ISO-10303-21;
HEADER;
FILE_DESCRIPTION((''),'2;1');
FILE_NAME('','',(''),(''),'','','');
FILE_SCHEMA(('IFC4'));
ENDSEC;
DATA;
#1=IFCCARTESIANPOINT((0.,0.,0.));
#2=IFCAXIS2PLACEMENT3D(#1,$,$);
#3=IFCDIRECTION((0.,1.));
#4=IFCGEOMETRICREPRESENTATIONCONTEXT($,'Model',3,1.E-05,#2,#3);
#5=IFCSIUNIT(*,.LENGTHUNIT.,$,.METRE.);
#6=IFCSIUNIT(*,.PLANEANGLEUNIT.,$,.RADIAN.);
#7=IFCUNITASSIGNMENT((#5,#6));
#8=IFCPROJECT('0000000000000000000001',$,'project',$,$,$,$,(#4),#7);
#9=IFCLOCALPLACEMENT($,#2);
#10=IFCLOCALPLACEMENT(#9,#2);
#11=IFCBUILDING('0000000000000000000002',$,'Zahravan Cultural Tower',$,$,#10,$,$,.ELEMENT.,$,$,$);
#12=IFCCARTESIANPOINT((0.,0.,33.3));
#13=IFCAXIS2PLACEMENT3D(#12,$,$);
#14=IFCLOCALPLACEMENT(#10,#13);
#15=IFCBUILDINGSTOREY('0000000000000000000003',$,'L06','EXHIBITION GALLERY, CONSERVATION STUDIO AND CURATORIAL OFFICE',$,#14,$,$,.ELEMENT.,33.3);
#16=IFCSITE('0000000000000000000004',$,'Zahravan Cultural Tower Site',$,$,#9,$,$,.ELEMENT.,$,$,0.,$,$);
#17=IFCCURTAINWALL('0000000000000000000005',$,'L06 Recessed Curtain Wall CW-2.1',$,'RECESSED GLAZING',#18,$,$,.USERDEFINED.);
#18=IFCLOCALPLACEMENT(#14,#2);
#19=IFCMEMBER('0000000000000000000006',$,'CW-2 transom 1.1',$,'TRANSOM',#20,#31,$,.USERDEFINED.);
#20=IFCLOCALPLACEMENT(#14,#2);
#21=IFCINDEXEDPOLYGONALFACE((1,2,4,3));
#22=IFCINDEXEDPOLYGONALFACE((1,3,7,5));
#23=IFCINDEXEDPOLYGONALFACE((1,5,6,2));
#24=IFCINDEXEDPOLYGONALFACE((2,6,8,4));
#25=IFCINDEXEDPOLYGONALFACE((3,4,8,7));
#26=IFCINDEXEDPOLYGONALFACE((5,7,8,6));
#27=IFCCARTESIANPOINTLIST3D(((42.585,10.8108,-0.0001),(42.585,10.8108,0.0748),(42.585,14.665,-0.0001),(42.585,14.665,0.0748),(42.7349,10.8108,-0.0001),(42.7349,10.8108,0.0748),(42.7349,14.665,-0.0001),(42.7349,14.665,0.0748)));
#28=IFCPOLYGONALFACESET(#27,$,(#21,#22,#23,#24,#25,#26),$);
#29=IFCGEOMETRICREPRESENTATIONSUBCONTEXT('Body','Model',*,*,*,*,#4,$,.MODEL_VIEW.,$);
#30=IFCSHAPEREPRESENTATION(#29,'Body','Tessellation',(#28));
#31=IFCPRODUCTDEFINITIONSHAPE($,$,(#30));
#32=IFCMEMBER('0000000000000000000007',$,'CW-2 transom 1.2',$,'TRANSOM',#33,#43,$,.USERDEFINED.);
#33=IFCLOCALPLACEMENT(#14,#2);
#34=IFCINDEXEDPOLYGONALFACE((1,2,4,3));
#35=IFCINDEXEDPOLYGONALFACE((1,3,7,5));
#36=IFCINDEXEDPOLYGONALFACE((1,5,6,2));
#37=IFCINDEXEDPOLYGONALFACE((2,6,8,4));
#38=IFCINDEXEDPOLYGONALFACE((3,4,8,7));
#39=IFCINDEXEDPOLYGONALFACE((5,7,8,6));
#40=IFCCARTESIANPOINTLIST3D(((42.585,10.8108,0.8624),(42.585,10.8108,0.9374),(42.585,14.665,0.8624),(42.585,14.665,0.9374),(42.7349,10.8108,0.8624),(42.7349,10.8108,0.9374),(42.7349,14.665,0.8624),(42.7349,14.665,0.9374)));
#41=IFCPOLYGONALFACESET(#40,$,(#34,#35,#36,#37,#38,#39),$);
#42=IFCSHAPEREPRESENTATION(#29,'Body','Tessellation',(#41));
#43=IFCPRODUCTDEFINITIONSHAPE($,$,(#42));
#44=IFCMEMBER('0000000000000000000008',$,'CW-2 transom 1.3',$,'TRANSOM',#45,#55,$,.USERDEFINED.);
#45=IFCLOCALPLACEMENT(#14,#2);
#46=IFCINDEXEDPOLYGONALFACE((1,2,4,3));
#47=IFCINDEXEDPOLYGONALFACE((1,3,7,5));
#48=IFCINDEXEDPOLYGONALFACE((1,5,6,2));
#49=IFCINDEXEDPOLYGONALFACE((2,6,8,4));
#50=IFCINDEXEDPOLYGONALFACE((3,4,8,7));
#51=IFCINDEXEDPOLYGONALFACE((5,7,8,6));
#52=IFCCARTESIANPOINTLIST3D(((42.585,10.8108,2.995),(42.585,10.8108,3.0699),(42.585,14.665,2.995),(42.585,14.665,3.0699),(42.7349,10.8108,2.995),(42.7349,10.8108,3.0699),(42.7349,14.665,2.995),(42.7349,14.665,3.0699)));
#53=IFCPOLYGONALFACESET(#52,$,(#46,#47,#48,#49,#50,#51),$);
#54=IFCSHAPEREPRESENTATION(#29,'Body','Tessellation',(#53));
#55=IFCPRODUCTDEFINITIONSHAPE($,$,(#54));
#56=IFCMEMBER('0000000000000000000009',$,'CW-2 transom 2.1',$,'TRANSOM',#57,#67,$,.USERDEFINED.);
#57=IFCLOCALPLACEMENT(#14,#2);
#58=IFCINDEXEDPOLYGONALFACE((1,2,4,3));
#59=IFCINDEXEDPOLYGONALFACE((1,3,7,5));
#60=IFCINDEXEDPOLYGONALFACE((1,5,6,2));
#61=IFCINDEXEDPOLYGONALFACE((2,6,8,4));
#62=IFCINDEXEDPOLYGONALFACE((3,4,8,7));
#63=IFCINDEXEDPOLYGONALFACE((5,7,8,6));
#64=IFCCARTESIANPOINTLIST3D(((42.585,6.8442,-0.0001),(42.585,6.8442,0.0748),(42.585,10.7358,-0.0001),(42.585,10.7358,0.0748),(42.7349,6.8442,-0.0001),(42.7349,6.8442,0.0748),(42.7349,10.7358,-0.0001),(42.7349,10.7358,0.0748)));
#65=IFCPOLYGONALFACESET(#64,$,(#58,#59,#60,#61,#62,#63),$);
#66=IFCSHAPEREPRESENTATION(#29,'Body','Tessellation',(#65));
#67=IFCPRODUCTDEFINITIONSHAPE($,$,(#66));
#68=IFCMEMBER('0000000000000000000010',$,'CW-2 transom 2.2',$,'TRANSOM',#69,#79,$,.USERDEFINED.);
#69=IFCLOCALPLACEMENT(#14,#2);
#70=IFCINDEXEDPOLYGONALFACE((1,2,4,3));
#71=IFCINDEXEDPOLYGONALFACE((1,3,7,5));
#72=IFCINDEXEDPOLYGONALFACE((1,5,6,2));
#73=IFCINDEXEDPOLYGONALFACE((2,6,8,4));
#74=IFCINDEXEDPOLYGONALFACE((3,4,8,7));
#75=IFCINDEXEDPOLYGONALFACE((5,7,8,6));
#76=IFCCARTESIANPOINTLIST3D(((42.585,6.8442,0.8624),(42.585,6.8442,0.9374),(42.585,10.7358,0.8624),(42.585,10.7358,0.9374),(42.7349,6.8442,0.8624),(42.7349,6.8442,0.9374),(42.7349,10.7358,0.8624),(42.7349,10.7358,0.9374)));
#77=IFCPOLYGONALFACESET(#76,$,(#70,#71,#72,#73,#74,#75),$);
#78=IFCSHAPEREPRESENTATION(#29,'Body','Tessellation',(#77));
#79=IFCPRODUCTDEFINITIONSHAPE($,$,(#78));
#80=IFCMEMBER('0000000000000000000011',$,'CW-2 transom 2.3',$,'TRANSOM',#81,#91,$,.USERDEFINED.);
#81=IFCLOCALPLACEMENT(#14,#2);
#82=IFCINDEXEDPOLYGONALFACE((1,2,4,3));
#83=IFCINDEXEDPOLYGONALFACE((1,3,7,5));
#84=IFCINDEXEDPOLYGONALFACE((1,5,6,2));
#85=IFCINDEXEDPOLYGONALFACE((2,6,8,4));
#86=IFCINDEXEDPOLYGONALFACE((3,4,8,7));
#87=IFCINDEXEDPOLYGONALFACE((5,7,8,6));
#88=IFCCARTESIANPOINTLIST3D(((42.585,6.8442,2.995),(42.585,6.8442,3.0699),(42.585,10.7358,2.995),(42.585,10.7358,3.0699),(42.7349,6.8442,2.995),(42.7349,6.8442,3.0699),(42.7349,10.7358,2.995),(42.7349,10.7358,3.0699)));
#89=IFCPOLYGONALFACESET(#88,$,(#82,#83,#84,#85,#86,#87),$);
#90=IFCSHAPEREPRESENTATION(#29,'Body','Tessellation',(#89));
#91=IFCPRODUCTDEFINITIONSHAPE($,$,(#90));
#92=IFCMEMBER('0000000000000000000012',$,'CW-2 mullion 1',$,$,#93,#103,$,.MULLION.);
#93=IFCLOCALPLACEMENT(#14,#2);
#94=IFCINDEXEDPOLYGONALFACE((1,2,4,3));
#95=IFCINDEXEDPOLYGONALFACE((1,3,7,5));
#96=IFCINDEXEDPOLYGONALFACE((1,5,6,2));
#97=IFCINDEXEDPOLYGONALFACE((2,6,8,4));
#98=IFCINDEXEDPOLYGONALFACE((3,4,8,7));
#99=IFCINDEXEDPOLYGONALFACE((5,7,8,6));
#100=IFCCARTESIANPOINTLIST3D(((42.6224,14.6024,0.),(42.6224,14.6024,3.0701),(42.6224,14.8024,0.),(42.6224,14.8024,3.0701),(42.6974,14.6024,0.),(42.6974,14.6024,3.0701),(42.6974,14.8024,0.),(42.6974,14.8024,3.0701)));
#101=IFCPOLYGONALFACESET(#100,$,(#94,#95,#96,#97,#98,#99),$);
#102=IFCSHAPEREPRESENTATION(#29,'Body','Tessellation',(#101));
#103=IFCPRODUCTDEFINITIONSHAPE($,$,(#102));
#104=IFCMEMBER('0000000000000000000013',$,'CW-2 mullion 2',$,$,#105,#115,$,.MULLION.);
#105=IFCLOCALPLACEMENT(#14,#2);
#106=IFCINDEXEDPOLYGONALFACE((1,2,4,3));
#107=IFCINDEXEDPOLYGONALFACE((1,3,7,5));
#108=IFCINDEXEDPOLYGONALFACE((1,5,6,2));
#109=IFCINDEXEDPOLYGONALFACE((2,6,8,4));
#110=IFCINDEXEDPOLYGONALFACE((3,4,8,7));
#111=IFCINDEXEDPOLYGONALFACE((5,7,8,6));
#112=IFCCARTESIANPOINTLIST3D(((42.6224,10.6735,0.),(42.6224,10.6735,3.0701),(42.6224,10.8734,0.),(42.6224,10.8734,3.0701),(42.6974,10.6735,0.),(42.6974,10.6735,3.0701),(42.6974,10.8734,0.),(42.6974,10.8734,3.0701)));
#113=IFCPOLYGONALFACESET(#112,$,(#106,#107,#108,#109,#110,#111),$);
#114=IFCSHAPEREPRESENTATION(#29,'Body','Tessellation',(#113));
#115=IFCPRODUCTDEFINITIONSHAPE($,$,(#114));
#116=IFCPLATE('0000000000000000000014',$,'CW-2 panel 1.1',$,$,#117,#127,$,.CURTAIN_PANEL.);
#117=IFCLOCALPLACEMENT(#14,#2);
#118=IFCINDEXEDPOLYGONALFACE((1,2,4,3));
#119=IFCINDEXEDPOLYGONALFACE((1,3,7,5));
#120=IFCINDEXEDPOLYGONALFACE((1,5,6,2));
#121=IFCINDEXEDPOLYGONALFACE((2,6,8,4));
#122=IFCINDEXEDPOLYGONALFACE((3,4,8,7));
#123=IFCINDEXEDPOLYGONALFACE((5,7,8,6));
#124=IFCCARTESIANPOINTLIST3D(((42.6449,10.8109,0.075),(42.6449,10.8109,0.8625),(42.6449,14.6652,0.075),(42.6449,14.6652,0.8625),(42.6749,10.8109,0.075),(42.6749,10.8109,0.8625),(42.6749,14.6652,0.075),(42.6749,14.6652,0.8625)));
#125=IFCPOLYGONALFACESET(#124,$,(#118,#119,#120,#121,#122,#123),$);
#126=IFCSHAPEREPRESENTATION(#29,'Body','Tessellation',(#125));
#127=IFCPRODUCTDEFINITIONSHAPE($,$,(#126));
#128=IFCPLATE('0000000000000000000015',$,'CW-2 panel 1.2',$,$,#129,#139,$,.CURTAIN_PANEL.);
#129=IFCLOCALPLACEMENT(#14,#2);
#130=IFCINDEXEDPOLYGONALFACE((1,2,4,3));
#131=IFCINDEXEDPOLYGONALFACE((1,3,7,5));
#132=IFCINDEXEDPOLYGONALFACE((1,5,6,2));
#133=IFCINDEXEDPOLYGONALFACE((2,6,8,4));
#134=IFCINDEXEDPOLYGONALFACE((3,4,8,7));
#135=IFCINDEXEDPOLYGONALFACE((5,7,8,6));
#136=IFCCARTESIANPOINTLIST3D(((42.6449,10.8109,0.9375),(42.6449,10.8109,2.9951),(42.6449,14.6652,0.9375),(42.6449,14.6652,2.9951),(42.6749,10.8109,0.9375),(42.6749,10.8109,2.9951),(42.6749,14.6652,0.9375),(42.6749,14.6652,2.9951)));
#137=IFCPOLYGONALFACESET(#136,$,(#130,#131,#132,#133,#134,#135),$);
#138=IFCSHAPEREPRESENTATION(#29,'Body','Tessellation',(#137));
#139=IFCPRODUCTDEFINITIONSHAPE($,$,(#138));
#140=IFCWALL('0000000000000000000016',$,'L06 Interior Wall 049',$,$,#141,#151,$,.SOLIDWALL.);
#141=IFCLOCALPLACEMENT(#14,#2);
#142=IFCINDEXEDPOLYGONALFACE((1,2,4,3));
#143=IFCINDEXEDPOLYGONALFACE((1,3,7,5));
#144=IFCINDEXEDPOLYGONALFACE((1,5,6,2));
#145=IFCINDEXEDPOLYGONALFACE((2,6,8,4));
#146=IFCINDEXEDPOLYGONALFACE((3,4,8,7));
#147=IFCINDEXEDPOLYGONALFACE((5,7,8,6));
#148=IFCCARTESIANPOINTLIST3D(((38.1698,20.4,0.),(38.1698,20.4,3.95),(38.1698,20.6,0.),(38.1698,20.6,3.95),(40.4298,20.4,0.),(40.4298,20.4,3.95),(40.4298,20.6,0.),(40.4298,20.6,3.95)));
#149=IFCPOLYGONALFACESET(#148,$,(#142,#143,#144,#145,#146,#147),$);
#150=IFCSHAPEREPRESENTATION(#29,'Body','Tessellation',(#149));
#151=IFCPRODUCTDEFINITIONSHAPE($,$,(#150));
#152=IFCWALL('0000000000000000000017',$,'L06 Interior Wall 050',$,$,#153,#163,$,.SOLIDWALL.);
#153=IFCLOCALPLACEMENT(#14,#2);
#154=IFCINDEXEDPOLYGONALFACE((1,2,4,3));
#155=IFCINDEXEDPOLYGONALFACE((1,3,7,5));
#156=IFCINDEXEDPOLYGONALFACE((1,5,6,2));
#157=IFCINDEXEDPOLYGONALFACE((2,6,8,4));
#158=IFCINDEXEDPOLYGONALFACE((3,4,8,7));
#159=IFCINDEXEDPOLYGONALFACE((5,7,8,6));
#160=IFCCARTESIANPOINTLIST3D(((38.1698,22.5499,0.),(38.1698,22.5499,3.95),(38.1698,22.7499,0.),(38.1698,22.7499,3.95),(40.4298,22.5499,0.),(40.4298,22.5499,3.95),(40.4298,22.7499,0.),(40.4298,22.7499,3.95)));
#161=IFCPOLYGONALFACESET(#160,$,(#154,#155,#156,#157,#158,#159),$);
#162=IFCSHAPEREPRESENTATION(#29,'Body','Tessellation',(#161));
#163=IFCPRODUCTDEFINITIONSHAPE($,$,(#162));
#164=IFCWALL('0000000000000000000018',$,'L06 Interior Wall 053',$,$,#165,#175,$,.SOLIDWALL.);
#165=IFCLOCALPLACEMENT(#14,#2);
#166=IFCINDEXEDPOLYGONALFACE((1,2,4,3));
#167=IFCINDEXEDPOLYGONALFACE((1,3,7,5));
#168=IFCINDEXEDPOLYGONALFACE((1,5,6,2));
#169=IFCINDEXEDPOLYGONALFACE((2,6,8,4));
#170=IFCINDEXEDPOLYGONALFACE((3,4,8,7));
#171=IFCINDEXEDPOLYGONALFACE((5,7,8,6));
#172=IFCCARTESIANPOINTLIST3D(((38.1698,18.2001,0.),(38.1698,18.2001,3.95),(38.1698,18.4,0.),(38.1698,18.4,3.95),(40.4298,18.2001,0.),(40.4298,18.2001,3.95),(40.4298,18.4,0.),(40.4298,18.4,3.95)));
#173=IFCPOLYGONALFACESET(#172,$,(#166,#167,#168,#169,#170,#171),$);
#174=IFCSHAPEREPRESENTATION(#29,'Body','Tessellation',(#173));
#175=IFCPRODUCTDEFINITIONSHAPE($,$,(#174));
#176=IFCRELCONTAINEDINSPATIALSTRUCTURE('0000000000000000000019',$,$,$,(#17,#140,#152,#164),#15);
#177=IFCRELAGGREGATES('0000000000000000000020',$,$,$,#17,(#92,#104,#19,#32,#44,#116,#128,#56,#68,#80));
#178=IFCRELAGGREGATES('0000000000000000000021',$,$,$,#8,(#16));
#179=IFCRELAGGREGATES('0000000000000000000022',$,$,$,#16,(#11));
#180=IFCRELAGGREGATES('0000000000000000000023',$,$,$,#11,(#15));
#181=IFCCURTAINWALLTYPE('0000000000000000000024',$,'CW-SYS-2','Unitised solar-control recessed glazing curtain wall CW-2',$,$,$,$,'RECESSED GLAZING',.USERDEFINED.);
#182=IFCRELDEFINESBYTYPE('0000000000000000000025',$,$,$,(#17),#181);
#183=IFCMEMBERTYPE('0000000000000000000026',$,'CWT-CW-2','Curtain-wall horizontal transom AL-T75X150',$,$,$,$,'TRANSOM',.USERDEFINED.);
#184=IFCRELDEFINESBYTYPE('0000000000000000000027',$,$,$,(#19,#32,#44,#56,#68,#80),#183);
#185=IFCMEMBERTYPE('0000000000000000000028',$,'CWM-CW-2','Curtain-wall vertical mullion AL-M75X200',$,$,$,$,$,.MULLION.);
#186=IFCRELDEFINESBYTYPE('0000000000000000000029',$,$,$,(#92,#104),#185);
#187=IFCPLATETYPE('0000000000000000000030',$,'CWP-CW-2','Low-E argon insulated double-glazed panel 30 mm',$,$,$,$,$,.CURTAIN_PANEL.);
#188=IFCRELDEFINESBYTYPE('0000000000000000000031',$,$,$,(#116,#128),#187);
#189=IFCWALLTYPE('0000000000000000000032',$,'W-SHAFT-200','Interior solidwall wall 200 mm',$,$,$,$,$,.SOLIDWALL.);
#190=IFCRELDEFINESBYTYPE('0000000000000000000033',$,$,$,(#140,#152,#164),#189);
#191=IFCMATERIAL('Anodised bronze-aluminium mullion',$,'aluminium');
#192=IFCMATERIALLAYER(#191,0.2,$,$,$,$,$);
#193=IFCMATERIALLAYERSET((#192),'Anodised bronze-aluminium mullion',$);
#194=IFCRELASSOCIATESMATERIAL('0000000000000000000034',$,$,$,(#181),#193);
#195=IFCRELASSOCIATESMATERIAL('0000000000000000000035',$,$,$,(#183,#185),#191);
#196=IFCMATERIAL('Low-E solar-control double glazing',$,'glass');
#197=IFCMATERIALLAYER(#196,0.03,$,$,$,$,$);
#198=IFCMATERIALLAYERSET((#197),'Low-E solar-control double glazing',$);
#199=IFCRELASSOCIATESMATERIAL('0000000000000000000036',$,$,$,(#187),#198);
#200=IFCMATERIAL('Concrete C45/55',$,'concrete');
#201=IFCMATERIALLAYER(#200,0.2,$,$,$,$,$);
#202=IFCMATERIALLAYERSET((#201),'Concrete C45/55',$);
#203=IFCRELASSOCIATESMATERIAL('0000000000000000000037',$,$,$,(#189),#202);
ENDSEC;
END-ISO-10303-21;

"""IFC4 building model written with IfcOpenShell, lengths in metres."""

from ifc_helpers import new_model, si_unit, direction, frame, frame_2d, origin, origin_2d, place, context, subcontext, project, spatial, rectangle, extrude, source, transform, mapped, material, layer, layer_set, material_profile, profile_set, type_object, element, aggregate, save


model = new_model("IFC4")

# Units and contexts
model_context = context("Model", 3, precision=1e-05, world=origin(), true_north=direction((0.0, 1.0)))
body_context = subcontext(model_context, "Body", "Model", "MODEL_VIEW")
ifc_project = project(units=[si_unit("LENGTHUNIT", "METRE"), si_unit("PLANEANGLEUNIT", "RADIAN")], contexts=[model_context])

# Site, building, storey
site_placement = place(None, origin())
site = spatial("IfcSite", under=ifc_project, at=site_placement, Name="Zahravan Cultural Tower Site", CompositionType="ELEMENT", RefElevation=0.0)
building_placement = place(site_placement, origin())
building = spatial("IfcBuilding", under=site, at=building_placement, Name="Zahravan Cultural Tower", CompositionType="ELEMENT")
storey_placement = place(building_placement, frame((0.0, 0.0, 33.3)))
storey = spatial("IfcBuildingStorey", under=building, at=storey_placement, Name="L06", Description="EXHIBITION GALLERY, CONSERVATION STUDIO AND CURATORIAL OFFICE", CompositionType="ELEMENT", Elevation=33.3)

# Curtain wall, members, plates
ifc_material_1 = material(Name="Anodised bronze-aluminium mullion", Category="aluminium")
ifc_layer_1 = layer(ifc_material_1, 0.2)
ifc_layer_set_1 = layer_set([ifc_layer_1], Name="Anodised bronze-aluminium mullion")
curtain_wall_type = type_object("IfcCurtainWallType", Name="CW-SYS-2", Description="Unitised solar-control recessed glazing curtain wall CW-2", ElementType="RECESSED GLAZING", PredefinedType="USERDEFINED", material=ifc_layer_set_1)
curtain_wall_placement = place(storey_placement, origin())
curtain_wall = element("IfcCurtainWall", 1, at=curtain_wall_placement, inside=storey, type_object=curtain_wall_type, Name="L06 Recessed Curtain Wall CW-2.1", ObjectType="RECESSED GLAZING", PredefinedType="USERDEFINED")
ifc_material_profile_1 = material_profile(ifc_material_1, rectangle(XDim=0.1499, YDim=0.075, at=origin_2d()), Name="AL-T75X150")
ifc_profile_set_1 = profile_set([ifc_material_profile_1], Name="Anodised bronze-aluminium mullion")
member_type_1 = type_object("IfcMemberType", Name="CWT-CW-2", Description="Curtain-wall horizontal transom AL-T75X150", ElementType="TRANSOM", PredefinedType="USERDEFINED", material=ifc_profile_set_1)
shared_shape_1 = source(origin(), body_context, "Body", "SweptSolid", [
    extrude(rectangle(XDim=0.1499, YDim=0.075, at=origin_2d()), origin(), (0.0, 0.0, 1.0), 3.8542),
])
member_1_placement = place(storey_placement, frame((42.6599, 14.665, 0.0374), z_axis=(0.0, -1.0, 0.0), x_axis=(1.0, 0.0, 0.0)))
member_1 = element("IfcMember", 2, at=member_1_placement, type_object=member_type_1, Name="CW-2 transom 1.1", ObjectType="TRANSOM", PredefinedType="USERDEFINED", context=body_context, shape_type="MappedRepresentation", body=[
    mapped(shared_shape_1, transform((0.0, 0.0, 0.0), x_axis=(1.0, 0.0, 0.0), y_axis=(0.0, 1.0, 0.0), z_axis=(0.0, 0.0, 1.0), scale=1.0)),
])
member_2_placement = place(storey_placement, frame((42.6599, 14.665, 0.8999), z_axis=(0.0, -1.0, 0.0), x_axis=(1.0, 0.0, 0.0)))
member_2 = element("IfcMember", 3, at=member_2_placement, type_object=member_type_1, Name="CW-2 transom 1.2", ObjectType="TRANSOM", PredefinedType="USERDEFINED", context=body_context, shape_type="MappedRepresentation", body=[
    mapped(shared_shape_1, transform((0.0, 0.0, 0.0), x_axis=(1.0, 0.0, 0.0), y_axis=(0.0, 1.0, 0.0), z_axis=(0.0, 0.0, 1.0), scale=1.0)),
])
member_3_placement = place(storey_placement, frame((42.6599, 14.665, 3.0325), z_axis=(0.0, -1.0, 0.0), x_axis=(1.0, 0.0, 0.0)))
member_3 = element("IfcMember", 4, at=member_3_placement, type_object=member_type_1, Name="CW-2 transom 1.3", ObjectType="TRANSOM", PredefinedType="USERDEFINED", context=body_context, shape_type="MappedRepresentation", body=[
    mapped(shared_shape_1, transform((0.0, 0.0, 0.0), x_axis=(1.0, 0.0, 0.0), y_axis=(0.0, 1.0, 0.0), z_axis=(0.0, 0.0, 1.0), scale=1.0)),
])
shared_shape_2 = source(origin(), body_context, "Body", "SweptSolid", [
    extrude(rectangle(XDim=0.1499, YDim=0.075, at=origin_2d()), origin(), (0.0, 0.0, 1.0), 3.8916),
])
member_4_placement = place(storey_placement, frame((42.6599, 10.7358, 0.0374), z_axis=(0.0, -1.0, 0.0), x_axis=(1.0, 0.0, 0.0)))
member_4 = element("IfcMember", 5, at=member_4_placement, type_object=member_type_1, Name="CW-2 transom 2.1", ObjectType="TRANSOM", PredefinedType="USERDEFINED", context=body_context, shape_type="MappedRepresentation", body=[
    mapped(shared_shape_2, transform((0.0, 0.0, 0.0), x_axis=(1.0, 0.0, 0.0), y_axis=(0.0, 1.0, 0.0), z_axis=(0.0, 0.0, 1.0), scale=1.0)),
])
member_5_placement = place(storey_placement, frame((42.6599, 10.7358, 0.8999), z_axis=(0.0, -1.0, 0.0), x_axis=(1.0, 0.0, 0.0)))
member_5 = element("IfcMember", 6, at=member_5_placement, type_object=member_type_1, Name="CW-2 transom 2.2", ObjectType="TRANSOM", PredefinedType="USERDEFINED", context=body_context, shape_type="MappedRepresentation", body=[
    mapped(shared_shape_2, transform((0.0, 0.0, 0.0), x_axis=(1.0, 0.0, 0.0), y_axis=(0.0, 1.0, 0.0), z_axis=(0.0, 0.0, 1.0), scale=1.0)),
])
member_6_placement = place(storey_placement, frame((42.6599, 10.7358, 3.0325), z_axis=(0.0, -1.0, 0.0), x_axis=(1.0, 0.0, 0.0)))
member_6 = element("IfcMember", 7, at=member_6_placement, type_object=member_type_1, Name="CW-2 transom 2.3", ObjectType="TRANSOM", PredefinedType="USERDEFINED", context=body_context, shape_type="MappedRepresentation", body=[
    mapped(shared_shape_2, transform((0.0, 0.0, 0.0), x_axis=(1.0, 0.0, 0.0), y_axis=(0.0, 1.0, 0.0), z_axis=(0.0, 0.0, 1.0), scale=1.0)),
])
ifc_material_profile_2 = material_profile(ifc_material_1, rectangle(XDim=0.075, YDim=0.2, at=origin_2d()), Name="AL-M75X200")
ifc_profile_set_2 = profile_set([ifc_material_profile_2], Name="Anodised bronze-aluminium mullion")
member_type_2 = type_object("IfcMemberType", Name="CWM-CW-2", Description="Curtain-wall vertical mullion AL-M75X200", PredefinedType="MULLION", material=ifc_profile_set_2)
shared_shape_3 = source(origin(), body_context, "Body", "SweptSolid", [
    extrude(rectangle(XDim=0.075, YDim=0.2, at=origin_2d()), origin(), (0.0, 0.0, 1.0), 3.0701),
])
member_7_placement = place(storey_placement, frame((42.6599, 14.7024, 0.0), z_axis=(0.0, 0.0, 1.0), x_axis=(1.0, 0.0, 0.0)))
member_7 = element("IfcMember", 8, at=member_7_placement, type_object=member_type_2, Name="CW-2 mullion 1", PredefinedType="MULLION", context=body_context, shape_type="MappedRepresentation", body=[
    mapped(shared_shape_3, transform((0.0, 0.0, 0.0), x_axis=(1.0, 0.0, 0.0), y_axis=(0.0, 1.0, 0.0), z_axis=(0.0, 0.0, 1.0), scale=1.0)),
])
member_8_placement = place(storey_placement, frame((42.6599, 10.7734, 0.0), z_axis=(0.0, 0.0, 1.0), x_axis=(1.0, 0.0, 0.0)))
member_8 = element("IfcMember", 9, at=member_8_placement, type_object=member_type_2, Name="CW-2 mullion 2", PredefinedType="MULLION", context=body_context, shape_type="MappedRepresentation", body=[
    mapped(shared_shape_3, transform((0.0, 0.0, 0.0), x_axis=(1.0, 0.0, 0.0), y_axis=(0.0, 1.0, 0.0), z_axis=(0.0, 0.0, 1.0), scale=1.0)),
])
ifc_material_2 = material(Name="Low-E solar-control double glazing", Category="glass")
ifc_layer_2 = layer(ifc_material_2, 0.03)
ifc_layer_set_2 = layer_set([ifc_layer_2], Name="Low-E solar-control double glazing")
plate_type = type_object("IfcPlateType", Name="CWP-CW-2", Description="Low-E argon insulated double-glazed panel 30 mm", PredefinedType="CURTAIN_PANEL", material=ifc_layer_set_2)
shared_shape_4 = source(origin(), body_context, "Body", "SweptSolid", [
    extrude(rectangle(XDim=3.8542, YDim=0.03, at=origin_2d()), origin(), (0.0, 0.0, 1.0), 0.7876),
])
plate_1_placement = place(storey_placement, frame((42.6599, 12.738, 0.075), z_axis=(0.0, 0.0, 1.0), x_axis=(0.0, -1.0, 0.0)))
plate_1 = element("IfcPlate", 10, at=plate_1_placement, type_object=plate_type, Name="CW-2 panel 1.1", PredefinedType="CURTAIN_PANEL", context=body_context, shape_type="MappedRepresentation", body=[
    mapped(shared_shape_4, transform((0.0, 0.0, 0.0), x_axis=(1.0, 0.0, 0.0), y_axis=(0.0, 1.0, 0.0), z_axis=(0.0, 0.0, 1.0), scale=1.0)),
])
shared_shape_5 = source(origin(), body_context, "Body", "SweptSolid", [
    extrude(rectangle(XDim=3.8542, YDim=0.03, at=origin_2d()), origin(), (0.0, 0.0, 1.0), 2.0576),
])
plate_2_placement = place(storey_placement, frame((42.6599, 12.738, 0.9375), z_axis=(0.0, 0.0, 1.0), x_axis=(0.0, -1.0, 0.0)))
plate_2 = element("IfcPlate", 11, at=plate_2_placement, type_object=plate_type, Name="CW-2 panel 1.2", PredefinedType="CURTAIN_PANEL", context=body_context, shape_type="MappedRepresentation", body=[
    mapped(shared_shape_5, transform((0.0, 0.0, 0.0), x_axis=(1.0, 0.0, 0.0), y_axis=(0.0, 1.0, 0.0), z_axis=(0.0, 0.0, 1.0), scale=1.0)),
])
aggregate(curtain_wall, [member_7, member_8, member_1, member_2, member_3, plate_1, plate_2, member_4, member_5, member_6])

# Shared definitions
ifc_material_3 = material(Name="Concrete C45/55", Category="concrete")
ifc_layer_3 = layer(ifc_material_3, 0.2)
ifc_layer_set_3 = layer_set([ifc_layer_3], Name="Concrete C45/55")
wall_type_1 = type_object("IfcWallType", Name="W-SHAFT-200", Description="Interior solidwall wall 200 mm", PredefinedType="SOLIDWALL", material=ifc_layer_set_3)

# Walls
shared_shape_6 = source(origin(), body_context, "Body", "SweptSolid", [
    extrude(rectangle(XDim=2.26, YDim=0.2, at=frame_2d((1.1299, 0.0))), origin(), (0.0, 0.0, 1.0), 3.95),
])
for number, where, z_axis, x_axis, name in (
    (12, (38.1699, 20.5, 0.0), (0.0, 0.0, 1.0), (1.0, 0.0, 0.0), "L06 Interior Wall 049"),
    (13, (38.1699, 22.6499, 0.0), (0.0, 0.0, 1.0), (1.0, 0.0, 0.0), "L06 Interior Wall 050"),
    (14, (38.1699, 18.3, 0.0), (0.0, 0.0, 1.0), (1.0, 0.0, 0.0), "L06 Interior Wall 053"),
):
    element("IfcWall", number, at=place(storey_placement, frame(where, z_axis=z_axis, x_axis=x_axis)), inside=storey, type_object=wall_type_1, Name=name, PredefinedType="SOLIDWALL", context=body_context, shape_type="MappedRepresentation", body=[
        mapped(shared_shape_6, transform((0.0, 0.0, 0.0), x_axis=(1.0, 0.0, 0.0), y_axis=(0.0, 1.0, 0.0), z_axis=(0.0, 0.0, 1.0), scale=1.0)),
    ])

save(model, "model.ifc")
